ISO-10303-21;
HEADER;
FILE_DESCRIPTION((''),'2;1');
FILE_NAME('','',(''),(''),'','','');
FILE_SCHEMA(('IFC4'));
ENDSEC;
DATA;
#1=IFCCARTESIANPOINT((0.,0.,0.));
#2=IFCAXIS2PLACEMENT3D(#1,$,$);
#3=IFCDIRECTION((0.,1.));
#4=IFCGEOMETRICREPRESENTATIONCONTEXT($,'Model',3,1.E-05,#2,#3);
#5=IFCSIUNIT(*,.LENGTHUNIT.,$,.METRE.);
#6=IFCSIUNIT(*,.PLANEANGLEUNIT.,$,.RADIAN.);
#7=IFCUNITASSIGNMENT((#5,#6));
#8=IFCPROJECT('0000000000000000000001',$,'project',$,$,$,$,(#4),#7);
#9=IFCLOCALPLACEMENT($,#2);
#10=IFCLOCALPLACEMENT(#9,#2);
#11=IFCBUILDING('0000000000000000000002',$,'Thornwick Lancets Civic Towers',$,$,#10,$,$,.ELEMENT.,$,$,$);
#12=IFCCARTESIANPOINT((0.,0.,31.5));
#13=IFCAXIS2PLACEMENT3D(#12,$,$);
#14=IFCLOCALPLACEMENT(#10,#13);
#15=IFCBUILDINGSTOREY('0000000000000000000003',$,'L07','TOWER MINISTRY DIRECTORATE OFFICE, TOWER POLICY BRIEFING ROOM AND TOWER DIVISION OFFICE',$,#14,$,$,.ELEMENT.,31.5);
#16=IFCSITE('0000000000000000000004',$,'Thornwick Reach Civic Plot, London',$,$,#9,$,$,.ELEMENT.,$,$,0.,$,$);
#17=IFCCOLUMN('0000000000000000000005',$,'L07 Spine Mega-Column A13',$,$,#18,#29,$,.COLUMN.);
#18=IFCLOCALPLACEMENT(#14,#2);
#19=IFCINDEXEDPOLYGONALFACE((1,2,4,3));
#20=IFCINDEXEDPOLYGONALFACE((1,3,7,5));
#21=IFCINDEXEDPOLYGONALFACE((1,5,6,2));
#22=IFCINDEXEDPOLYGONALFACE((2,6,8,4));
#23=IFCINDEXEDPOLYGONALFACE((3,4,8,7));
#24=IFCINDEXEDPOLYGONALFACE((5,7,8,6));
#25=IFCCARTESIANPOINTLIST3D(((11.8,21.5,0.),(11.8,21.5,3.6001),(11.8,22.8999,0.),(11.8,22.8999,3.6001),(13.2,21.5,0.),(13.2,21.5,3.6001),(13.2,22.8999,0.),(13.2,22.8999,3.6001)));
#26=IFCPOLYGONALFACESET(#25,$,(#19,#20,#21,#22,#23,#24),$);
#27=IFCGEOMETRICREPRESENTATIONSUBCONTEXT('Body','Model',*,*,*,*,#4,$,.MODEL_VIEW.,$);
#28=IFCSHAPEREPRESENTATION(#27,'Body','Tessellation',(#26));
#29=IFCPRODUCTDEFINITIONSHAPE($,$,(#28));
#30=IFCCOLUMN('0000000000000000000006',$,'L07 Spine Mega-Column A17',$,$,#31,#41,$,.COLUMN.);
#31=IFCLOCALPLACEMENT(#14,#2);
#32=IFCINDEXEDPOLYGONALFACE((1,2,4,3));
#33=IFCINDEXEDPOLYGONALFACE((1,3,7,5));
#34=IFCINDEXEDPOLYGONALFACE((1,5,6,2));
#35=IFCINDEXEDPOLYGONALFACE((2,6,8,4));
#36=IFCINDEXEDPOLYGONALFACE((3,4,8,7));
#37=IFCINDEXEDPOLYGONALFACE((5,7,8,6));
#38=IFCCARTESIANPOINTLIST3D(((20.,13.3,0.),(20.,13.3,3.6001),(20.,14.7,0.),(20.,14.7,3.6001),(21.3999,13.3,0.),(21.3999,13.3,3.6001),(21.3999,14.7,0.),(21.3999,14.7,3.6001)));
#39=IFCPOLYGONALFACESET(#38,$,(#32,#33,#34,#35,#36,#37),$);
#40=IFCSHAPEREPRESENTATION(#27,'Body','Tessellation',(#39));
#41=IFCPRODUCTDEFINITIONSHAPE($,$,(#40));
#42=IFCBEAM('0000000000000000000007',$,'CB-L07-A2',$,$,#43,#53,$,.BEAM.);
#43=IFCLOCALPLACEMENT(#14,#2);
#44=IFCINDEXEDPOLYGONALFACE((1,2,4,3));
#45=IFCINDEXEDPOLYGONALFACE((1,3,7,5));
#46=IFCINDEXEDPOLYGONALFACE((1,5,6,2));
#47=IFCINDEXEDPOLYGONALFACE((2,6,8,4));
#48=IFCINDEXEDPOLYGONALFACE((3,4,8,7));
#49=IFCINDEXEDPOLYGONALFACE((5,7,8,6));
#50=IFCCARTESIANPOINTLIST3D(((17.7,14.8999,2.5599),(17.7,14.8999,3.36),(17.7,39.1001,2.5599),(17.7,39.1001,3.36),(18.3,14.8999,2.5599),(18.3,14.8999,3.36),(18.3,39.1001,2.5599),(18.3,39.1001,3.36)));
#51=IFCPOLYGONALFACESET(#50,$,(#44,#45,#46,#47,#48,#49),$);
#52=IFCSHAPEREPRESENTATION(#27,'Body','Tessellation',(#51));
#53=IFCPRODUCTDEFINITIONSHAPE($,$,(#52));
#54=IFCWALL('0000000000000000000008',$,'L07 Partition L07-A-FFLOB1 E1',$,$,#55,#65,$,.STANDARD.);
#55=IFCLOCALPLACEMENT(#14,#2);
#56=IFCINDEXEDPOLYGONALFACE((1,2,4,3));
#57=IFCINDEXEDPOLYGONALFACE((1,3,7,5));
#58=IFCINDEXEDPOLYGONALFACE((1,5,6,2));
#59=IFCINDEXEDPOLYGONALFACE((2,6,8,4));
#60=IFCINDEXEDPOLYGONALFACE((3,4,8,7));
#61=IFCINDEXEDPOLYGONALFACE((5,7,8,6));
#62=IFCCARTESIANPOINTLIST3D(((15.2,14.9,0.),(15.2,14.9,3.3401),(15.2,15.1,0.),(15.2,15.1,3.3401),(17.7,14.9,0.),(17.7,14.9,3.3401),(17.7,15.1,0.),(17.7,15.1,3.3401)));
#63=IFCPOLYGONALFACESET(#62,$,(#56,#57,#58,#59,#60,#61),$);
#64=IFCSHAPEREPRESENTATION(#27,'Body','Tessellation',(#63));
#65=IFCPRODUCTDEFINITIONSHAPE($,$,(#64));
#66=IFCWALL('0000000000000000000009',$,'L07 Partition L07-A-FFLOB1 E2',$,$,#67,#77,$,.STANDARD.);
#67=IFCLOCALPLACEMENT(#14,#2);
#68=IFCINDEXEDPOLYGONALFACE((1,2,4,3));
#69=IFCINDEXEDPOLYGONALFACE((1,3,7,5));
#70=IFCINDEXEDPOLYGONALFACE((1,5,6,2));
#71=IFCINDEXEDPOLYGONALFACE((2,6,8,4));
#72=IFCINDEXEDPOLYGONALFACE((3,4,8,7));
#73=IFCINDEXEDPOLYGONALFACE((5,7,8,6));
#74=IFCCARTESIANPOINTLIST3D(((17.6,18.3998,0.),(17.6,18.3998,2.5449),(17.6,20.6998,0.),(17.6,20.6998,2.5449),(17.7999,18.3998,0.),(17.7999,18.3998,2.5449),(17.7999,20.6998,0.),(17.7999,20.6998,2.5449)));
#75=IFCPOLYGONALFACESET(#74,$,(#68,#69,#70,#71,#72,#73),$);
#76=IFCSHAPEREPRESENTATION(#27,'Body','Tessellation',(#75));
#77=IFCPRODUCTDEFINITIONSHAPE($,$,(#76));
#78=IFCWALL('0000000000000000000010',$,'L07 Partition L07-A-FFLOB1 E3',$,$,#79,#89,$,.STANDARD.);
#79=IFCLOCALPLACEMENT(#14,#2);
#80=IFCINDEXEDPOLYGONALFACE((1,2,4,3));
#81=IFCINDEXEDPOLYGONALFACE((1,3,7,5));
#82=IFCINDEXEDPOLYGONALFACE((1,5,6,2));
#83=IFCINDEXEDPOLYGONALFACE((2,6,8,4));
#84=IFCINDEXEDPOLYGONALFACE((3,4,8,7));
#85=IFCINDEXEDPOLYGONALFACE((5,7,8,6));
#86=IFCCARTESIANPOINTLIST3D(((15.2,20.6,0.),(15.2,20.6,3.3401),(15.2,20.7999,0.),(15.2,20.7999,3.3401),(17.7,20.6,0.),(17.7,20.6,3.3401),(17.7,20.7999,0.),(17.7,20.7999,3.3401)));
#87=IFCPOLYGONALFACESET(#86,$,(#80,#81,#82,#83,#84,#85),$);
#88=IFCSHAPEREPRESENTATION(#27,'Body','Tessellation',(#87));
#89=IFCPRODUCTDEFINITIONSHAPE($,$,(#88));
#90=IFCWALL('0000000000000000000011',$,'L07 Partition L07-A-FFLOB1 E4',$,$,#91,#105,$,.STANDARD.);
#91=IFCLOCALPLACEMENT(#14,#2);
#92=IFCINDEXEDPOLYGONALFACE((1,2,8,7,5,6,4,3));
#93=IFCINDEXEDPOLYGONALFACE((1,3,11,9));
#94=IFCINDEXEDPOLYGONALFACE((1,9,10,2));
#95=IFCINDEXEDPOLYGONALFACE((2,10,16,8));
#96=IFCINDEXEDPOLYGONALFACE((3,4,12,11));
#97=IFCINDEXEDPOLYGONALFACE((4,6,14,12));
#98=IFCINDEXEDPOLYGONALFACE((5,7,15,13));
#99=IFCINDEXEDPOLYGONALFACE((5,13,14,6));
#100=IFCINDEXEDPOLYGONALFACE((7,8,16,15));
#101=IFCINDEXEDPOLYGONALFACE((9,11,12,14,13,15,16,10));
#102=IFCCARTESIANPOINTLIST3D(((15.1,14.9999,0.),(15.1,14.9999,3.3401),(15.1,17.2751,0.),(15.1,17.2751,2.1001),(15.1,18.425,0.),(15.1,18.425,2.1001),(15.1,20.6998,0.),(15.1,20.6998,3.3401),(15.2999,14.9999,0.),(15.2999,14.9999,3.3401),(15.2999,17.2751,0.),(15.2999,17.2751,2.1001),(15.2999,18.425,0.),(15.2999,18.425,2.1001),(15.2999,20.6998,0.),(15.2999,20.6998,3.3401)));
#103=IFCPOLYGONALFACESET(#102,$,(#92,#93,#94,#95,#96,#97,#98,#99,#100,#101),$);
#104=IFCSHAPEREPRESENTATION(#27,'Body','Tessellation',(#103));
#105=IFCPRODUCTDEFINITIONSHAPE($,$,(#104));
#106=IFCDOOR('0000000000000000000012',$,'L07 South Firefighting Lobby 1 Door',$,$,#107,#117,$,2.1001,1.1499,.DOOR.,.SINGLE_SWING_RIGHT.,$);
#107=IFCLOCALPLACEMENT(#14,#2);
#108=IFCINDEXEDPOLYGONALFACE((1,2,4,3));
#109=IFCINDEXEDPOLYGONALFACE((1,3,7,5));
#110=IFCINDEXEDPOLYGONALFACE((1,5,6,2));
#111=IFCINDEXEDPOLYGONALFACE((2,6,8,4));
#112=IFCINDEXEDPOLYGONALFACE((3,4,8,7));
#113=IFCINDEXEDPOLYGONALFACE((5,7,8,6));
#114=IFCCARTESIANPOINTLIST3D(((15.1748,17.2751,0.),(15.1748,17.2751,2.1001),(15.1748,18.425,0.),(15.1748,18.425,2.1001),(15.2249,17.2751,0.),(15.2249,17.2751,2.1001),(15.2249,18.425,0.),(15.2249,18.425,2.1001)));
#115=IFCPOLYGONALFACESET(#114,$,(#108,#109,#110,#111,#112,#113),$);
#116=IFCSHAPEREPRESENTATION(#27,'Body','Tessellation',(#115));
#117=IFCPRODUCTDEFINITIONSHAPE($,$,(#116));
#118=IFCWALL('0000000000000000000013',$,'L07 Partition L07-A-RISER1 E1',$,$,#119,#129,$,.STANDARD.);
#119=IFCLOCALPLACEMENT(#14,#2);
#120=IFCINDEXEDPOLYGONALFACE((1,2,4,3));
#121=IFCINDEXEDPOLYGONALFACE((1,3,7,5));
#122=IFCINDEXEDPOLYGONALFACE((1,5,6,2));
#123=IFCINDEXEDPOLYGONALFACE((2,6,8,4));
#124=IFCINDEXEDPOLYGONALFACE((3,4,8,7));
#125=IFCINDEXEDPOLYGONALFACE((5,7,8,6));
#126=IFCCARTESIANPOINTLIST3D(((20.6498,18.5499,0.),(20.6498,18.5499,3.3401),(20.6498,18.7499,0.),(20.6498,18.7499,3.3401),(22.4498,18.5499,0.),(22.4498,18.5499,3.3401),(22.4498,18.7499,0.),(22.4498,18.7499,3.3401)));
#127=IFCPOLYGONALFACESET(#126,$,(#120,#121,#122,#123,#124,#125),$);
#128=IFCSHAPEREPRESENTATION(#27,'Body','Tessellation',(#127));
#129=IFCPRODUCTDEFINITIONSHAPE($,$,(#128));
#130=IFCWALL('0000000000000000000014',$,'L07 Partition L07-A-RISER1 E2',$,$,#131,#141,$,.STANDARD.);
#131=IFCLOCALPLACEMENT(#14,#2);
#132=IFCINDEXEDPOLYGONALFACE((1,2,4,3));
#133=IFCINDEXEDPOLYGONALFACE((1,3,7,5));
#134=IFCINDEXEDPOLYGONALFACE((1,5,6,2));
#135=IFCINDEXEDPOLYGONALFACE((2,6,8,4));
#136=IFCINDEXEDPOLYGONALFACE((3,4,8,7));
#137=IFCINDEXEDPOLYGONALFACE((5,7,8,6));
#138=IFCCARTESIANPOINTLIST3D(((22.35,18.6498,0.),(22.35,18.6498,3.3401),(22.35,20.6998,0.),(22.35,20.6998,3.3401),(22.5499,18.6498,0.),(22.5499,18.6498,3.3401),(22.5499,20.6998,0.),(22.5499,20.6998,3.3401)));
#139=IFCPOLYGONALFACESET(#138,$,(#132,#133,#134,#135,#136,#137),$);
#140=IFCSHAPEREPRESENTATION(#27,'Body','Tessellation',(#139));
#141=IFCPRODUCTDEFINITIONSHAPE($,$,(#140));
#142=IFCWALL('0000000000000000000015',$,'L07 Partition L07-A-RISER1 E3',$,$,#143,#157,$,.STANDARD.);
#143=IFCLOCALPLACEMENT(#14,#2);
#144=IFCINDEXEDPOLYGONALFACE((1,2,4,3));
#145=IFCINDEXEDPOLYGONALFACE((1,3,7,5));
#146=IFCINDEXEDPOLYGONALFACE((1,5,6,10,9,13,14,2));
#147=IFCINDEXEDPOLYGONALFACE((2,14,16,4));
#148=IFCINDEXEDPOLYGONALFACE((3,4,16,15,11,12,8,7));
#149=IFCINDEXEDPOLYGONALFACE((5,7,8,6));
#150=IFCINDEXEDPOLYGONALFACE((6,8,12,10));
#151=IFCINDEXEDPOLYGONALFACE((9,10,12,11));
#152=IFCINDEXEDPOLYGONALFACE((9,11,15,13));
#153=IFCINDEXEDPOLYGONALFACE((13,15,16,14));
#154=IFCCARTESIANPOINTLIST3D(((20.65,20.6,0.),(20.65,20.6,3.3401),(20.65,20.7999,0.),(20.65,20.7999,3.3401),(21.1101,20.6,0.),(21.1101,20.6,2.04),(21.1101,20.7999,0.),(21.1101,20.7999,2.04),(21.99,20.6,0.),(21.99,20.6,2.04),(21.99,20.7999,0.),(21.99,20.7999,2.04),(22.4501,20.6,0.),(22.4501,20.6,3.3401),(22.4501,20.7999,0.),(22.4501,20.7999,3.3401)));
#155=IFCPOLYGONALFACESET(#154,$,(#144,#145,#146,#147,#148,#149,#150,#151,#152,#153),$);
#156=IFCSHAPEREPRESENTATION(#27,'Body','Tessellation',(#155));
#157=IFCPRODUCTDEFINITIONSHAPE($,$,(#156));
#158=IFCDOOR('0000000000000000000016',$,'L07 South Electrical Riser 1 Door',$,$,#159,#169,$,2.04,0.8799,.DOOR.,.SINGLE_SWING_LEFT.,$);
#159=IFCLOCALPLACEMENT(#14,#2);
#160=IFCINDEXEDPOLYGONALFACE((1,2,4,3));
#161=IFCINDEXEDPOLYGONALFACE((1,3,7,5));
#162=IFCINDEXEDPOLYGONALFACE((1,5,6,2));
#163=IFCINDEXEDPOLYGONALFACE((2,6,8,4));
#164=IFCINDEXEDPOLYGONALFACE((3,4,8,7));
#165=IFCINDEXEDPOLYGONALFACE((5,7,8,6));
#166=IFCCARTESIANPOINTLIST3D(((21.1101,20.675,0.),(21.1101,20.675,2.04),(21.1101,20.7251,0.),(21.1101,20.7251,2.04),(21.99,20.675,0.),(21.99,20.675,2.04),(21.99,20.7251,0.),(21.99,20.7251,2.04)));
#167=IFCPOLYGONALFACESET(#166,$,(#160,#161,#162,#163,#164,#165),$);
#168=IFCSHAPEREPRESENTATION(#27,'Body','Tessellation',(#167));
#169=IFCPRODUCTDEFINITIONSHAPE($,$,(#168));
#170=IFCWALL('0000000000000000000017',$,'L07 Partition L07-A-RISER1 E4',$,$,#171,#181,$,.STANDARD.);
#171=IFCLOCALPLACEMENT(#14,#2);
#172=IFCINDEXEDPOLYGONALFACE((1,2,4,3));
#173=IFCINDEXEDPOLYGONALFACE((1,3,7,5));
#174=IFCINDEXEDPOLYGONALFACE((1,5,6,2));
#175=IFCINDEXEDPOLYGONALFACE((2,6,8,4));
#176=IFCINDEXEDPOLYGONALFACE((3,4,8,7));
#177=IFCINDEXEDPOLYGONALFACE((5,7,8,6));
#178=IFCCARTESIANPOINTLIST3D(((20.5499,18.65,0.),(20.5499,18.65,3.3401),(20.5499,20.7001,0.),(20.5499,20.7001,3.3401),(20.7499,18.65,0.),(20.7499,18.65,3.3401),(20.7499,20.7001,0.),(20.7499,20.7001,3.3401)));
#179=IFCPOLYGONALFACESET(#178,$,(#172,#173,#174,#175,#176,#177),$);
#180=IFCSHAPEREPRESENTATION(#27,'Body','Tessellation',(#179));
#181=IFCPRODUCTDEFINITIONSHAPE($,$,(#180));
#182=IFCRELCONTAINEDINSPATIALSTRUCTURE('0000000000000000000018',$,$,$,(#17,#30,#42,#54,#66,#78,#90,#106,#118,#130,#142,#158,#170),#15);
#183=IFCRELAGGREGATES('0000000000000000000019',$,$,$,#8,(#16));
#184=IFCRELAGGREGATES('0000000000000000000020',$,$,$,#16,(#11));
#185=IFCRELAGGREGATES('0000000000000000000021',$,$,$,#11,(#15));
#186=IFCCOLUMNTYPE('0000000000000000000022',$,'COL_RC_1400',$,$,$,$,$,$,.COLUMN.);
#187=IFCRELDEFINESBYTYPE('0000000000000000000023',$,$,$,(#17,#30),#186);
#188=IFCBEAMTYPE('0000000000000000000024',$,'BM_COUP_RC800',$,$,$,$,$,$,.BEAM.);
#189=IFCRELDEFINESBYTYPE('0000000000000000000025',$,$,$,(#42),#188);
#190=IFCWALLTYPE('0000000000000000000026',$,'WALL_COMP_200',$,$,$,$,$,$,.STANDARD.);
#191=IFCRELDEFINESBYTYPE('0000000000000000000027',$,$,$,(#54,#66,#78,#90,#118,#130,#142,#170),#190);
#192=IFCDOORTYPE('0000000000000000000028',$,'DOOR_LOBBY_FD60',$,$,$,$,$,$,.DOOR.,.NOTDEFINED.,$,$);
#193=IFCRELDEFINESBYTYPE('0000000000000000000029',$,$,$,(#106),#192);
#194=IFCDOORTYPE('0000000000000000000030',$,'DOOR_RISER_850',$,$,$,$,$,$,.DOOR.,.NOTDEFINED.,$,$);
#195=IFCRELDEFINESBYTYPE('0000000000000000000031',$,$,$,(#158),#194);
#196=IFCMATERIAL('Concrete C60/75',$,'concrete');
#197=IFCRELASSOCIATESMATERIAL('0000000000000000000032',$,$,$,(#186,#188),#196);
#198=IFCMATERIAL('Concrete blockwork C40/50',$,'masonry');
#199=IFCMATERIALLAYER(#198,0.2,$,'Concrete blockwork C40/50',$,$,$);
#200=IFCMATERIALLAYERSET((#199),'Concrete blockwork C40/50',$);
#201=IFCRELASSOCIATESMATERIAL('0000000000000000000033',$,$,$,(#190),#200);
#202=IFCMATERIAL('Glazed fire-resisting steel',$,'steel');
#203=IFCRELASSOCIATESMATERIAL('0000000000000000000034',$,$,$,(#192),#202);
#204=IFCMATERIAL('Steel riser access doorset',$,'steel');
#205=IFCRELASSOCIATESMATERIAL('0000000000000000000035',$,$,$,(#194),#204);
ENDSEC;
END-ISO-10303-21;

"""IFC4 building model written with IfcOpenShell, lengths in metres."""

from ifc_helpers import new_model, si_unit, direction, frame, frame_2d, origin, origin_2d, place, context, subcontext, project, spatial, rectangle, extrude, material, layer, layer_set, material_profile, profile_set, type_object, element, fill, save


model = new_model("IFC4")

# Units and contexts
model_context = context("Model", 3, precision=1e-05, world=origin(), true_north=direction((0.0, 1.0)))
body_context = subcontext(model_context, "Body", "Model", "MODEL_VIEW")
ifc_project = project(units=[si_unit("LENGTHUNIT", "METRE"), si_unit("PLANEANGLEUNIT", "RADIAN")], contexts=[model_context])

# Site, building, storey
site_placement = place(None, origin())
site = spatial("IfcSite", under=ifc_project, at=site_placement, Name="Thornwick Reach Civic Plot, London", CompositionType="ELEMENT", RefElevation=0.0)
building_placement = place(site_placement, origin())
building = spatial("IfcBuilding", under=site, at=building_placement, Name="Thornwick Lancets Civic Towers", CompositionType="ELEMENT")
storey_placement = place(building_placement, frame((0.0, 0.0, 31.5)))
storey = spatial("IfcBuildingStorey", under=building, at=storey_placement, Name="L07", Description="TOWER MINISTRY DIRECTORATE OFFICE, TOWER POLICY BRIEFING ROOM AND TOWER DIVISION OFFICE", CompositionType="ELEMENT", Elevation=31.5)

# Columns
ifc_material_1 = material(Name="Concrete C60/75", Category="concrete")
ifc_material_profile_1 = material_profile(ifc_material_1, rectangle(XDim=1.3999, YDim=1.3999, at=origin_2d()), Name="RC 1400x1400")
ifc_profile_set_1 = profile_set([ifc_material_profile_1], Name="Concrete C60/75")
column_type = type_object("IfcColumnType", Name="COL_RC_1400", PredefinedType="COLUMN", material=ifc_profile_set_1)
for number, where, z_axis, x_axis, name in (
    (1, (12.5, 22.2, 0.0), (0.0, 0.0, 1.0), (1.0, 0.0, 0.0), "L07 Spine Mega-Column A13"),
    (2, (20.7, 14.0, 0.0), (0.0, 0.0, 1.0), (1.0, 0.0, 0.0), "L07 Spine Mega-Column A17"),
):
    element("IfcColumn", number, at=place(storey_placement, frame(where, z_axis=z_axis, x_axis=x_axis)), inside=storey, type_object=column_type, Name=name, PredefinedType="COLUMN", context=body_context, shape_type="SweptSolid", body=[
        extrude(rectangle(XDim=1.3999, YDim=1.3999, at=origin_2d()), origin(), (0.0, 0.0, 1.0), 3.6001),
    ])

# Beam
ifc_material_profile_2 = material_profile(ifc_material_1, rectangle(XDim=0.6001, YDim=0.8, at=origin_2d()), Name="RC 600x800")
ifc_profile_set_2 = profile_set([ifc_material_profile_2], Name="Concrete C60/75")
beam_type = type_object("IfcBeamType", Name="BM_COUP_RC800", PredefinedType="BEAM", material=ifc_profile_set_2)
beam_placement = place(storey_placement, frame((18.0, 14.8999, 2.96), z_axis=(0.0, 1.0, 0.0), x_axis=(-1.0, 0.0, 0.0)))
element("IfcBeam", 3, at=beam_placement, inside=storey, type_object=beam_type, Name="CB-L07-A2", PredefinedType="BEAM", context=body_context, shape_type="SweptSolid", body=[
    extrude(rectangle(XDim=0.6001, YDim=0.8, at=origin_2d()), origin(), (0.0, 0.0, 1.0), 24.2002),
])

# Walls
ifc_material_2 = material(Name="Concrete blockwork C40/50", Category="masonry")
ifc_layer_1 = layer(ifc_material_2, 0.2, Name="Concrete blockwork C40/50")
ifc_layer_set_1 = layer_set([ifc_layer_1], Name="Concrete blockwork C40/50")
wall_type_1 = type_object("IfcWallType", Name="WALL_COMP_200", PredefinedType="STANDARD", material=ifc_layer_set_1)
wall_1_placement = place(storey_placement, frame((15.2, 15.0, 0.0), z_axis=(0.0, 0.0, 1.0), x_axis=(1.0, 0.0, 0.0)))
element("IfcWall", 4, at=wall_1_placement, inside=storey, type_object=wall_type_1, Name="L07 Partition L07-A-FFLOB1 E1", PredefinedType="STANDARD", context=body_context, shape_type="SweptSolid", body=[
    extrude(rectangle(XDim=2.5, YDim=0.2, at=frame_2d((1.25, 0.0))), origin(), (0.0, 0.0, 1.0), 3.3401),
])
wall_2_placement = place(storey_placement, frame((17.7, 18.3999, 0.0), z_axis=(0.0, 0.0, 1.0), x_axis=(0.0, 1.0, 0.0)))
element("IfcWall", 5, at=wall_2_placement, inside=storey, type_object=wall_type_1, Name="L07 Partition L07-A-FFLOB1 E2", PredefinedType="STANDARD", context=body_context, shape_type="SweptSolid", body=[
    extrude(rectangle(XDim=2.3, YDim=0.2, at=frame_2d((1.1499, 0.0))), origin(), (0.0, 0.0, 1.0), 2.5449),
])
wall_3_placement = place(storey_placement, frame((17.7, 20.7, 0.0), z_axis=(0.0, 0.0, 1.0), x_axis=(-1.0, 0.0, 0.0)))
element("IfcWall", 6, at=wall_3_placement, inside=storey, type_object=wall_type_1, Name="L07 Partition L07-A-FFLOB1 E3", PredefinedType="STANDARD", context=body_context, shape_type="SweptSolid", body=[
    extrude(rectangle(XDim=2.5, YDim=0.2, at=frame_2d((1.25, 0.0))), origin(), (0.0, 0.0, 1.0), 3.3401),
])

# Wall, opening, door
wall_4_placement = place(storey_placement, frame((15.2, 20.7, 0.0), z_axis=(0.0, 0.0, 1.0), x_axis=(0.0, -1.0, 0.0)))
wall_4 = element("IfcWall", 7, at=wall_4_placement, inside=storey, type_object=wall_type_1, Name="L07 Partition L07-A-FFLOB1 E4", PredefinedType="STANDARD", context=body_context, shape_type="SweptSolid", body=[
    extrude(rectangle(XDim=5.7, YDim=0.2, at=frame_2d((2.8501, 0.0))), origin(), (0.0, 0.0, 1.0), 3.3401),
])
opening_1_placement = place(wall_4_placement, frame((2.2749, 0.0, 0.0)))
opening_1 = element("IfcOpeningElement", 8, at=opening_1_placement, cuts=wall_4, PredefinedType="OPENING", context=body_context, shape_type="SweptSolid", body=[
    extrude(rectangle(XDim=1.1499, YDim=2.1001, at=frame_2d((0.575, 1.05))), frame((0.0, 0.1099, 0.0), z_axis=(0.0, -1.0, 0.0), x_axis=(1.0, 0.0, 0.0)), (0.0, 0.0, 1.0), 0.22),
])
ifc_material_3 = material(Name="Glazed fire-resisting steel", Category="steel")
door_type_1 = type_object("IfcDoorType", Name="DOOR_LOBBY_FD60", OperationType="NOTDEFINED", PredefinedType="DOOR", material=ifc_material_3)
door_1_placement = place(opening_1_placement, origin())
door_1 = element("IfcDoor", 9, at=door_1_placement, inside=storey, type_object=door_type_1, Name="L07 South Firefighting Lobby 1 Door", OperationType="SINGLE_SWING_RIGHT", OverallHeight=2.1001, OverallWidth=1.1499, PredefinedType="DOOR", context=body_context, shape_type="SweptSolid", body=[
    extrude(rectangle(XDim=1.1499, YDim=2.1001, at=frame_2d((0.575, 1.05))), frame((0.0, 0.0249, 0.0), z_axis=(0.0, -1.0, 0.0), x_axis=(1.0, 0.0, 0.0)), (0.0, 0.0, 1.0), 0.05),
])
fill(opening_1, door_1)

# Walls
wall_5_placement = place(storey_placement, frame((20.6499, 18.6499, 0.0), z_axis=(0.0, 0.0, 1.0), x_axis=(1.0, 0.0, 0.0)))
element("IfcWall", 10, at=wall_5_placement, inside=storey, type_object=wall_type_1, Name="L07 Partition L07-A-RISER1 E1", PredefinedType="STANDARD", context=body_context, shape_type="SweptSolid", body=[
    extrude(rectangle(XDim=1.8, YDim=0.2, at=frame_2d((0.8999, 0.0))), origin(), (0.0, 0.0, 1.0), 3.3401),
])
wall_6_placement = place(storey_placement, frame((22.45, 18.6499, 0.0), z_axis=(0.0, 0.0, 1.0), x_axis=(0.0, 1.0, 0.0)))
element("IfcWall", 11, at=wall_6_placement, inside=storey, type_object=wall_type_1, Name="L07 Partition L07-A-RISER1 E2", PredefinedType="STANDARD", context=body_context, shape_type="SweptSolid", body=[
    extrude(rectangle(XDim=2.05, YDim=0.2, at=frame_2d((1.0249, 0.0))), origin(), (0.0, 0.0, 1.0), 3.3401),
])

# Wall, opening, door
wall_7_placement = place(storey_placement, frame((22.45, 20.7, 0.0), z_axis=(0.0, 0.0, 1.0), x_axis=(-1.0, 0.0, 0.0)))
wall_7 = element("IfcWall", 12, at=wall_7_placement, inside=storey, type_object=wall_type_1, Name="L07 Partition L07-A-RISER1 E3", PredefinedType="STANDARD", context=body_context, shape_type="SweptSolid", body=[
    extrude(rectangle(XDim=1.8, YDim=0.2, at=frame_2d((0.8999, 0.0))), origin(), (0.0, 0.0, 1.0), 3.3401),
])
opening_2_placement = place(wall_7_placement, frame((0.46, 0.0, 0.0)))
opening_2 = element("IfcOpeningElement", 13, at=opening_2_placement, cuts=wall_7, PredefinedType="OPENING", context=body_context, shape_type="SweptSolid", body=[
    extrude(rectangle(XDim=0.8799, YDim=2.04, at=frame_2d((0.4399, 1.02))), frame((0.0, 0.1099, 0.0), z_axis=(0.0, -1.0, 0.0), x_axis=(1.0, 0.0, 0.0)), (0.0, 0.0, 1.0), 0.22),
])
ifc_material_4 = material(Name="Steel riser access doorset", Category="steel")
door_type_2 = type_object("IfcDoorType", Name="DOOR_RISER_850", OperationType="NOTDEFINED", PredefinedType="DOOR", material=ifc_material_4)
door_2_placement = place(opening_2_placement, origin())
door_2 = element("IfcDoor", 14, at=door_2_placement, inside=storey, type_object=door_type_2, Name="L07 South Electrical Riser 1 Door", OperationType="SINGLE_SWING_LEFT", OverallHeight=2.04, OverallWidth=0.8799, PredefinedType="DOOR", context=body_context, shape_type="SweptSolid", body=[
    extrude(rectangle(XDim=0.8799, YDim=2.04, at=frame_2d((0.4399, 1.02))), frame((0.0, 0.0249, 0.0), z_axis=(0.0, -1.0, 0.0), x_axis=(1.0, 0.0, 0.0)), (0.0, 0.0, 1.0), 0.05),
])
fill(opening_2, door_2)

# Wall
wall_8_placement = place(storey_placement, frame((20.6499, 20.7, 0.0), z_axis=(0.0, 0.0, 1.0), x_axis=(0.0, -1.0, 0.0)))
element("IfcWall", 15, at=wall_8_placement, inside=storey, type_object=wall_type_1, Name="L07 Partition L07-A-RISER1 E4", PredefinedType="STANDARD", context=body_context, shape_type="SweptSolid", body=[
    extrude(rectangle(XDim=2.05, YDim=0.2, at=frame_2d((1.0249, 0.0))), origin(), (0.0, 0.0, 1.0), 3.3401),
])

save(model, "model.ifc")
